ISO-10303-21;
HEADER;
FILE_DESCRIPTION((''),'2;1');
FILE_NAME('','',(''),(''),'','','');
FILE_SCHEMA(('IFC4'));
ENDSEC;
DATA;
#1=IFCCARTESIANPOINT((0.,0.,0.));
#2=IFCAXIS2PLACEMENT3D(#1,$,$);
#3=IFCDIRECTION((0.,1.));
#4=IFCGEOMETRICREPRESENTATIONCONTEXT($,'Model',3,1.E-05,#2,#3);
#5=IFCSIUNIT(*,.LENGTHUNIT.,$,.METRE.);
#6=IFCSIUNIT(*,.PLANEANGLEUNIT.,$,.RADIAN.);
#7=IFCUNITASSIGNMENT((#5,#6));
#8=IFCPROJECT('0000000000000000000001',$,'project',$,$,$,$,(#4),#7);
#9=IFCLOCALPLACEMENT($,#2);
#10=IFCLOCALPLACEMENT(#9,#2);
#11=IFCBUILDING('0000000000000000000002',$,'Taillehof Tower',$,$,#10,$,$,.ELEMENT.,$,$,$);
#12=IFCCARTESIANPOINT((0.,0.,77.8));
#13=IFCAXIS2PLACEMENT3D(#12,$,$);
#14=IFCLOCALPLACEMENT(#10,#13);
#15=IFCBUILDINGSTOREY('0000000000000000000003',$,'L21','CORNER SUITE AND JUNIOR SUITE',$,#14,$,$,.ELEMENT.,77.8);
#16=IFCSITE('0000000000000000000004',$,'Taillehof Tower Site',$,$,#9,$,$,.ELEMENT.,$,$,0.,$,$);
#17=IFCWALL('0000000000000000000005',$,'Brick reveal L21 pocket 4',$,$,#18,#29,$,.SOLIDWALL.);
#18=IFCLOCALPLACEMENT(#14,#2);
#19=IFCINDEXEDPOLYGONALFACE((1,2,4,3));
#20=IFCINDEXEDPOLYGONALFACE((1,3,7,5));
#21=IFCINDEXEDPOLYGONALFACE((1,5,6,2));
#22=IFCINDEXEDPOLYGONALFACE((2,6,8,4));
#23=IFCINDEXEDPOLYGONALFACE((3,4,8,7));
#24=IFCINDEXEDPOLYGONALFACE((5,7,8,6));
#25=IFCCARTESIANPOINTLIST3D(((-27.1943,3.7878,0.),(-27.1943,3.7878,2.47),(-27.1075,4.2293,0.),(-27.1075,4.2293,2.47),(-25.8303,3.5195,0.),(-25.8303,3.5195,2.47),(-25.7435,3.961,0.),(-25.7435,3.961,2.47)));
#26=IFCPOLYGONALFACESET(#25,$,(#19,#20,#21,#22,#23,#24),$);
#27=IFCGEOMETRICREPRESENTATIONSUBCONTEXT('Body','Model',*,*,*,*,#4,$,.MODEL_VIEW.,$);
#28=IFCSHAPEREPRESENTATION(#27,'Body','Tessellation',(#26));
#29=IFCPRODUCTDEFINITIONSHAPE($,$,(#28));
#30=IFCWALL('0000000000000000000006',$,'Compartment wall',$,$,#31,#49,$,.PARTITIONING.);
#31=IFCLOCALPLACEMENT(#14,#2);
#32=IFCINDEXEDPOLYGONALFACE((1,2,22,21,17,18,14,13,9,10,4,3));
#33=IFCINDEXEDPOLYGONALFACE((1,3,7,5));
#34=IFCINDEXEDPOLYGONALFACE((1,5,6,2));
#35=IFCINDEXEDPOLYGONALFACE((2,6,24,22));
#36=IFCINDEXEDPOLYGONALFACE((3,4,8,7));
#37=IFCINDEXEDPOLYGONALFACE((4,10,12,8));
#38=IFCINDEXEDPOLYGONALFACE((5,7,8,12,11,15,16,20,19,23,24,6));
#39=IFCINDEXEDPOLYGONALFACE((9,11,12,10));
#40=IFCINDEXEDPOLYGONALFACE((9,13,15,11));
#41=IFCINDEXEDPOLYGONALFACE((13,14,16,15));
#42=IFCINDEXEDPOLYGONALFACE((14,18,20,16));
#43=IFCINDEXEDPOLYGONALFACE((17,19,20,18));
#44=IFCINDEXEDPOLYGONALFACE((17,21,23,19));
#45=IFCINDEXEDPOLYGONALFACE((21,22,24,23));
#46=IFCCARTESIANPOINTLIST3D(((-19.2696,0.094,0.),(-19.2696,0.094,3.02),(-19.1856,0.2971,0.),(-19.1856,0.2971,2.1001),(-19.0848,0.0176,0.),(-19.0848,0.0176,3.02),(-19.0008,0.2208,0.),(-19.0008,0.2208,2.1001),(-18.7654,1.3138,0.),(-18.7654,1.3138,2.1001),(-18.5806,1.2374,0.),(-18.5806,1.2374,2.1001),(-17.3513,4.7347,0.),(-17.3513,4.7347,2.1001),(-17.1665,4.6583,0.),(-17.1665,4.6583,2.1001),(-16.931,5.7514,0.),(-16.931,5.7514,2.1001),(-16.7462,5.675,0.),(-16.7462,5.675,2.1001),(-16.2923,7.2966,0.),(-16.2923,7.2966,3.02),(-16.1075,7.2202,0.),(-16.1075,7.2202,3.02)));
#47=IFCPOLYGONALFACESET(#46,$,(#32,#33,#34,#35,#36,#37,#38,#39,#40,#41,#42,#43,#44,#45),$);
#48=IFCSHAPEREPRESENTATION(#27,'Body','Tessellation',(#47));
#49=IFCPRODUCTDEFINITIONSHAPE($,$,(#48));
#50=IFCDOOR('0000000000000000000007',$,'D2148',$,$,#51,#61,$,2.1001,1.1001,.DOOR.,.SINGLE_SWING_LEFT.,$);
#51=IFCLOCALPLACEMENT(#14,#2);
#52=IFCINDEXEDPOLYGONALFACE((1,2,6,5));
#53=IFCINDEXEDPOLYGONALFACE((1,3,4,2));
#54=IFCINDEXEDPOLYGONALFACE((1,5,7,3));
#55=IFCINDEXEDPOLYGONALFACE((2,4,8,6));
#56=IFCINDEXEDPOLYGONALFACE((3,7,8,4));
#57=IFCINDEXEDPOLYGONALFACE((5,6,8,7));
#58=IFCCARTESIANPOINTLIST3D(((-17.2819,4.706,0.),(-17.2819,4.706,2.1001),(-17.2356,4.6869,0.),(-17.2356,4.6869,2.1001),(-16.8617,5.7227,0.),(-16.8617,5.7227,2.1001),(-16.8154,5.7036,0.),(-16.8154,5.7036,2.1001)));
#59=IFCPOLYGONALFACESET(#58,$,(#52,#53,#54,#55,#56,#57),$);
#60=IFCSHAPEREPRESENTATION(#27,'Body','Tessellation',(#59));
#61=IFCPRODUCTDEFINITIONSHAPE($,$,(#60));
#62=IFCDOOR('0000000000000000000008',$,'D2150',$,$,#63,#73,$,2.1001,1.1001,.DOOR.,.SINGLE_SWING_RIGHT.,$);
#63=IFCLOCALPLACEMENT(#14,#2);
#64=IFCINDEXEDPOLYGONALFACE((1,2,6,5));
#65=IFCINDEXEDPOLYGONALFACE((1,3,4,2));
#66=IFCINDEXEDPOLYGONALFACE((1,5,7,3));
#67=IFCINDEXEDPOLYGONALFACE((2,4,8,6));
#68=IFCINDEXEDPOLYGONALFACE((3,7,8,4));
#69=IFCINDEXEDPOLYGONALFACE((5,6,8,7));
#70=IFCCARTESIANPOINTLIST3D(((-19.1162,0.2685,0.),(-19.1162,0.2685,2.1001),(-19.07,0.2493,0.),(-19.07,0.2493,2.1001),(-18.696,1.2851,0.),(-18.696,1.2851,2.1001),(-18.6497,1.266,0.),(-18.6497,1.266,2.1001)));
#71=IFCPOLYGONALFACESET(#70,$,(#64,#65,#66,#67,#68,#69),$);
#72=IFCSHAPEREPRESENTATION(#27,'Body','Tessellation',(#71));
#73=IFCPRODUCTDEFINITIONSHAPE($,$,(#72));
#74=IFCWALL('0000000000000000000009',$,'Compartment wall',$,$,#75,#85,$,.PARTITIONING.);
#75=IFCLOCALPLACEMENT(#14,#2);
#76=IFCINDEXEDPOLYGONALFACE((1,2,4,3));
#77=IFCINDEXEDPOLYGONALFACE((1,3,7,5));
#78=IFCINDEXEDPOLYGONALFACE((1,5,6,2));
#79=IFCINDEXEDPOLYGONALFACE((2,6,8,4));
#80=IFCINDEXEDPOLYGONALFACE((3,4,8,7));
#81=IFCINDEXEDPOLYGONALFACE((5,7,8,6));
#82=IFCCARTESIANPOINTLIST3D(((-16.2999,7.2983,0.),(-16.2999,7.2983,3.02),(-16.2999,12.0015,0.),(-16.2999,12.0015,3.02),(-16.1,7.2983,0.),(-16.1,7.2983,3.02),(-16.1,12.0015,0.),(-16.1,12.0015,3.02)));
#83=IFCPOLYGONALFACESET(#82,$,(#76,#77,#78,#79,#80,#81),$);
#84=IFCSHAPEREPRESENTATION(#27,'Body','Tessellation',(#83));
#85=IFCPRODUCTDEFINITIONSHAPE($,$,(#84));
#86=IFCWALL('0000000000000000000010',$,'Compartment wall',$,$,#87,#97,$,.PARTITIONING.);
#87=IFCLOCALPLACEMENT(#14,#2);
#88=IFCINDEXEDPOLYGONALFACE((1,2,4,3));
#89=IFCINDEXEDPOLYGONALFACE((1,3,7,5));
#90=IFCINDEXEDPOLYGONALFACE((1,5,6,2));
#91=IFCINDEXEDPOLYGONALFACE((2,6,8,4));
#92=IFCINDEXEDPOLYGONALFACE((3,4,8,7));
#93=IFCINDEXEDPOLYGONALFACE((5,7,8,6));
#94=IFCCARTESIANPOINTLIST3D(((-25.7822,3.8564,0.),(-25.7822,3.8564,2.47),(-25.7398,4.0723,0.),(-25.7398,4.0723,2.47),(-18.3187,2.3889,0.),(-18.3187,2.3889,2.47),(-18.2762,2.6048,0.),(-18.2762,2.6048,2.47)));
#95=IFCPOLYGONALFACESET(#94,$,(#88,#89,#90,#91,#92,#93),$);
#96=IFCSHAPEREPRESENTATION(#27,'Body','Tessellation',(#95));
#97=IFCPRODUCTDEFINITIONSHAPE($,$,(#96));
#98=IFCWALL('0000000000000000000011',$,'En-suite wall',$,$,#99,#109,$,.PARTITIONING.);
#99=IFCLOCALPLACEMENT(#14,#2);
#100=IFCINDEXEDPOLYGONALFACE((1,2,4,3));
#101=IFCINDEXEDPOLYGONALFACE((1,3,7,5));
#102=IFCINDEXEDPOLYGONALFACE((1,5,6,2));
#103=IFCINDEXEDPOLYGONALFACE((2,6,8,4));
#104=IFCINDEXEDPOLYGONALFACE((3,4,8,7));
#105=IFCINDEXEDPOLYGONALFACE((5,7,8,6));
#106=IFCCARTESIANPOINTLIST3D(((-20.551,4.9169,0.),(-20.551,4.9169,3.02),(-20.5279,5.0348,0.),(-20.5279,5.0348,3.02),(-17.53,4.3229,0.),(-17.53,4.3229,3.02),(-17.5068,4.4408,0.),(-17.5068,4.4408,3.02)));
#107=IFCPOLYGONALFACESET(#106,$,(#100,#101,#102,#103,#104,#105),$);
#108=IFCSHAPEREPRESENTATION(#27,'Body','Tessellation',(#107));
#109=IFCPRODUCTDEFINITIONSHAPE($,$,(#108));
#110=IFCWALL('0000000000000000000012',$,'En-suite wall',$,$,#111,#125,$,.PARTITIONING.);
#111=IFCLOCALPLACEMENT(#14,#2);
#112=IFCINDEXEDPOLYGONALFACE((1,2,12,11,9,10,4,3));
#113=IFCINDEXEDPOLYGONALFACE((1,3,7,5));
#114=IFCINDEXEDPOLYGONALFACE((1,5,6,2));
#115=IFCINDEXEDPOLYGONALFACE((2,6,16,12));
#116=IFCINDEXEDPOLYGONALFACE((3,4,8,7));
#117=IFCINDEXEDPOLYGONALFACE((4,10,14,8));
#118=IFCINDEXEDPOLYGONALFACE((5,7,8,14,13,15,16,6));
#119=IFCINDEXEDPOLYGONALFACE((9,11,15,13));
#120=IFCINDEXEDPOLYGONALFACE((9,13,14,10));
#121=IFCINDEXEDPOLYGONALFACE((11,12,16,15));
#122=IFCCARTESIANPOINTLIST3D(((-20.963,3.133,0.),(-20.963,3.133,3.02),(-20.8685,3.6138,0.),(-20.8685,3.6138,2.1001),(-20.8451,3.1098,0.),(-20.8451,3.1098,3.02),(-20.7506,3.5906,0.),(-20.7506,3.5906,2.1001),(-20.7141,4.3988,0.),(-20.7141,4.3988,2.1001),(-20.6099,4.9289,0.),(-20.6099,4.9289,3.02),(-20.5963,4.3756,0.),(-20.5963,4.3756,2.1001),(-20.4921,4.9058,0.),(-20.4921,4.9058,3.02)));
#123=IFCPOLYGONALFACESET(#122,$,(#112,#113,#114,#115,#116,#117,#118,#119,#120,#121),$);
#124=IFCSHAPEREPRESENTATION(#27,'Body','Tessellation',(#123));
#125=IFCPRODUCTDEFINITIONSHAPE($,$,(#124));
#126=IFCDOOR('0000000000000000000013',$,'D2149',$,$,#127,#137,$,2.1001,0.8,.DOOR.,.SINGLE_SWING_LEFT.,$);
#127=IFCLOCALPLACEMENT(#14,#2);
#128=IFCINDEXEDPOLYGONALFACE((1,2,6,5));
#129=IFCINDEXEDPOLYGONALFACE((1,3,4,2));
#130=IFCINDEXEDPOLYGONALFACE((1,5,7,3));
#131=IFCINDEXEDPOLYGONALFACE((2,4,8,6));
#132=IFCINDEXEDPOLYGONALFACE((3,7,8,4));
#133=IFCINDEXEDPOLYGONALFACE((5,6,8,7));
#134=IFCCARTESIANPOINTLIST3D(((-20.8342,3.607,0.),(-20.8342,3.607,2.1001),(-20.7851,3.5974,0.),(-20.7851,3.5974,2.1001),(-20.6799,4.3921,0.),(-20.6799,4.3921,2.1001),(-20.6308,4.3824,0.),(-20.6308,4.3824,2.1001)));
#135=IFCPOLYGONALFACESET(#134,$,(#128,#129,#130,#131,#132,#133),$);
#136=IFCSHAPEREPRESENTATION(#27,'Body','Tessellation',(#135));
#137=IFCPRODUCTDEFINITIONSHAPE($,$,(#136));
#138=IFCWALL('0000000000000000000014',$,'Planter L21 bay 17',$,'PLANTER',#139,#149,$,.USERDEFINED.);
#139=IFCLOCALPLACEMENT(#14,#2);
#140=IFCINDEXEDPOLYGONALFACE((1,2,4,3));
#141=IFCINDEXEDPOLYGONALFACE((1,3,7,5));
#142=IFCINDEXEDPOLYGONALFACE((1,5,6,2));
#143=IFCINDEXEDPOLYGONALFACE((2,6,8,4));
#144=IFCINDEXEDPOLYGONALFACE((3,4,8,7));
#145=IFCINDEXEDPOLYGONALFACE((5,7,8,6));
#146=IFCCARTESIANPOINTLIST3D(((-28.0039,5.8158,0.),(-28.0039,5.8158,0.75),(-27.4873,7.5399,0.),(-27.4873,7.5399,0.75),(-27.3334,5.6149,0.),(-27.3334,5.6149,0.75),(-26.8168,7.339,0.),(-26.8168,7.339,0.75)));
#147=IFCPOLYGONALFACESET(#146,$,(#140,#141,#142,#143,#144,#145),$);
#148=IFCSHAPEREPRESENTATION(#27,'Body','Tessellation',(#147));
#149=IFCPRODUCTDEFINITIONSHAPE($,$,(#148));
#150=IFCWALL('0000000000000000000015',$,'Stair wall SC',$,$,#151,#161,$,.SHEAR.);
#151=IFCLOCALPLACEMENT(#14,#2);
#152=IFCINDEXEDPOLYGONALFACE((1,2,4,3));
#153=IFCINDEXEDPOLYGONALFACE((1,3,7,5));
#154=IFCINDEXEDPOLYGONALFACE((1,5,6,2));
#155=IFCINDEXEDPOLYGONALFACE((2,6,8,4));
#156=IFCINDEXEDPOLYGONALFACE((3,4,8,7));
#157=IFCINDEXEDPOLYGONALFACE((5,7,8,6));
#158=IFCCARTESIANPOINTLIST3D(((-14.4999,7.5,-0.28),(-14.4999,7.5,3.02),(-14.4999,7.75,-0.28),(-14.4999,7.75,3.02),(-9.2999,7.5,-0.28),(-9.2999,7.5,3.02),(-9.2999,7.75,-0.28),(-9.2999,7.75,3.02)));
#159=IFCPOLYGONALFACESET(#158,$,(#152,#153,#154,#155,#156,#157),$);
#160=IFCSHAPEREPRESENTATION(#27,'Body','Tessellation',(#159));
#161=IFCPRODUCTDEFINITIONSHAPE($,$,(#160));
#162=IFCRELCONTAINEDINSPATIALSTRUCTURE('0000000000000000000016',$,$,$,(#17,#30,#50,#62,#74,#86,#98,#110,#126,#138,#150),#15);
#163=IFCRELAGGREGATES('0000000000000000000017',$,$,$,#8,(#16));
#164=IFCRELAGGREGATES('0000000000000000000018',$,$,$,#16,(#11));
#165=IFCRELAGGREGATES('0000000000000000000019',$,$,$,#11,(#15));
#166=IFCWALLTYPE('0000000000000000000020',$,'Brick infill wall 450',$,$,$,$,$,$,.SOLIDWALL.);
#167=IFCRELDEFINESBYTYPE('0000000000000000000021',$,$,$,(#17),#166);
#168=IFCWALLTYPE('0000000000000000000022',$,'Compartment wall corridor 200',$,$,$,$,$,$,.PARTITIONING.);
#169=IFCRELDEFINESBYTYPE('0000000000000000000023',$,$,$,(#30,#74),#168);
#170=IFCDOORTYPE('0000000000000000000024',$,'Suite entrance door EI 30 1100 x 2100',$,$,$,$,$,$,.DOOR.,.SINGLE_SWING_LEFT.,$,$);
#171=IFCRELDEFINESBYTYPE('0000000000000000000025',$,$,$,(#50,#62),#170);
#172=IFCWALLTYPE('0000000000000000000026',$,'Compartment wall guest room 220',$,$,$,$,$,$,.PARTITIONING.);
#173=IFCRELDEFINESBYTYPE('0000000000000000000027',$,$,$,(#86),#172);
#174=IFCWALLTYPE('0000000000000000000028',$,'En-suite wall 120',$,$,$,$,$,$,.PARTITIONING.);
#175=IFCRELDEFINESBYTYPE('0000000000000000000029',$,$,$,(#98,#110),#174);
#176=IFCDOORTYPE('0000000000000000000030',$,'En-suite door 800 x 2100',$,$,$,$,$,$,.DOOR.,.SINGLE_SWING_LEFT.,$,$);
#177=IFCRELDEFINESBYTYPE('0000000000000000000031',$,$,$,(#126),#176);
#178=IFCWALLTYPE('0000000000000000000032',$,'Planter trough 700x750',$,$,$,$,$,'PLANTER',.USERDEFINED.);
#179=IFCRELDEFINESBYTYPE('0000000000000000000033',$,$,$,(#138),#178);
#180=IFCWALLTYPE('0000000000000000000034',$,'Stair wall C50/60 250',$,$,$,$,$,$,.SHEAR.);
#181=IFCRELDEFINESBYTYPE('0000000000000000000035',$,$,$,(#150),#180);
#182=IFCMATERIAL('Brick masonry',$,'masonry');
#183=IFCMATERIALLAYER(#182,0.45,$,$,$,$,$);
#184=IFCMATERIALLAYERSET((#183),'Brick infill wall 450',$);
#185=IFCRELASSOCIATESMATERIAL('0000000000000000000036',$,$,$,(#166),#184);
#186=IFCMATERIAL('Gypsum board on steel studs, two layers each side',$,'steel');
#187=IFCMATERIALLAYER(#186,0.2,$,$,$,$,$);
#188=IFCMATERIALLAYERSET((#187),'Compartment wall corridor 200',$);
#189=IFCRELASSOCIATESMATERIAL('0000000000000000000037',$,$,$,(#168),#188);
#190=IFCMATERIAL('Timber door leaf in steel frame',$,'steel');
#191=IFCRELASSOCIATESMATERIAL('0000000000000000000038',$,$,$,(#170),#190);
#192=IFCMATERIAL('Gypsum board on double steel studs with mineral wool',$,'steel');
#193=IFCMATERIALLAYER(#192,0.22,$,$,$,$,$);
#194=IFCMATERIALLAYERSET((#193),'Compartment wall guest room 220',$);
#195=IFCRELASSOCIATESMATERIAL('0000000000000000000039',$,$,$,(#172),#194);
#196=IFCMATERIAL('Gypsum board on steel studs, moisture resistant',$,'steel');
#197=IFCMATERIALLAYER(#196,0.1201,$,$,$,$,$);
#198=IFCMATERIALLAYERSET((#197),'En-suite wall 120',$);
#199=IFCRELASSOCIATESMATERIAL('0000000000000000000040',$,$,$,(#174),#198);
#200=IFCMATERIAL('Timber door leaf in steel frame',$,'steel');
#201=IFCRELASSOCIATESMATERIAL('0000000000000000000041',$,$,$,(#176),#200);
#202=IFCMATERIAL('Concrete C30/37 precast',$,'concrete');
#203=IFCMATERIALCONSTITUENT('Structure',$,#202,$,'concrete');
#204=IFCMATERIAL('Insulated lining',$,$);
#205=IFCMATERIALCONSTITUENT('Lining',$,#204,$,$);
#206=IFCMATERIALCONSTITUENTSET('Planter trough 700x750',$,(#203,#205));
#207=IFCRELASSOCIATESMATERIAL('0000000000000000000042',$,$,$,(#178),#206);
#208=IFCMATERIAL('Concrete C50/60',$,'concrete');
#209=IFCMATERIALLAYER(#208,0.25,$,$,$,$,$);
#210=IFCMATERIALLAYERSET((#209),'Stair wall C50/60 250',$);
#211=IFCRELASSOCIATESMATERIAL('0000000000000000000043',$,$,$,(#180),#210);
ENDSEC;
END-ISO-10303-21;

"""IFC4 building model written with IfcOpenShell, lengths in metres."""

from ifc_helpers import new_model, si_unit, direction, frame, frame_2d, origin, place, context, subcontext, project, spatial, rectangle, extrude, material, layer, layer_set, constituent, constituent_set, type_object, element, fill, save


model = new_model("IFC4")

# Units and contexts
model_context = context("Model", 3, precision=1e-05, world=origin(), true_north=direction((0.0, 1.0)))
body_context = subcontext(model_context, "Body", "Model", "MODEL_VIEW")
ifc_project = project(units=[si_unit("LENGTHUNIT", "METRE"), si_unit("PLANEANGLEUNIT", "RADIAN")], contexts=[model_context])

# Site, building, storey
site_placement = place(None, origin())
site = spatial("IfcSite", under=ifc_project, at=site_placement, Name="Taillehof Tower Site", CompositionType="ELEMENT", RefElevation=0.0)
building_placement = place(site_placement, origin())
building = spatial("IfcBuilding", under=site, at=building_placement, Name="Taillehof Tower", CompositionType="ELEMENT")
storey_placement = place(building_placement, frame((0.0, 0.0, 77.8)))
storey = spatial("IfcBuildingStorey", under=building, at=storey_placement, Name="L21", Description="CORNER SUITE AND JUNIOR SUITE", CompositionType="ELEMENT", Elevation=77.8)

# Shared definitions
ifc_material_1 = material(Name="Brick masonry", Category="masonry")
ifc_layer_1 = layer(ifc_material_1, 0.45)
ifc_layer_set_1 = layer_set([ifc_layer_1], Name="Brick infill wall 450")
wall_type_1 = type_object("IfcWallType", Name="Brick infill wall 450", PredefinedType="SOLIDWALL", material=ifc_layer_set_1)

# Wall
wall_1_placement = place(storey_placement, frame((-27.1509, 4.0085, 0.0), z_axis=(0.0, 0.0, 1.0), x_axis=(0.981197, -0.193008, 0.0)))
element("IfcWall", 1, at=wall_1_placement, inside=storey, type_object=wall_type_1, Name="Brick reveal L21 pocket 4", PredefinedType="SOLIDWALL", context=body_context, shape_type="SweptSolid", body=[
    extrude(rectangle(XDim=1.3901, YDim=0.45, at=frame_2d((0.6951, 0.0))), origin(), (0.0, 0.0, 1.0), 2.47),
])

# Wall, openings, doors
ifc_material_2 = material(Name="Gypsum board on steel studs, two layers each side", Category="steel")
ifc_layer_2 = layer(ifc_material_2, 0.2)
ifc_layer_set_2 = layer_set([ifc_layer_2], Name="Compartment wall corridor 200")
wall_type_2 = type_object("IfcWallType", Name="Compartment wall corridor 200", PredefinedType="PARTITIONING", material=ifc_layer_set_2)
wall_2_placement = place(storey_placement, frame((-19.1772, 0.0557, 0.0), z_axis=(0.0, 0.0, 1.0), x_axis=(0.382011, 0.924158, 0.0)))
wall_2 = element("IfcWall", 2, at=wall_2_placement, inside=storey, type_object=wall_type_2, Name="Compartment wall", PredefinedType="PARTITIONING", context=body_context, shape_type="SweptSolid", body=[
    extrude(rectangle(XDim=7.7937, YDim=0.2, at=frame_2d((3.897, 0.0))), origin(), (0.0, 0.0, 1.0), 3.02),
])
opening_1_placement = place(wall_2_placement, frame((5.0217, 0.0, 0.0)))
opening_1 = element("IfcOpeningElement", 3, at=opening_1_placement, cuts=wall_2, PredefinedType="OPENING", context=body_context, shape_type="SweptSolid", body=[
    extrude(rectangle(XDim=1.1001, YDim=2.1001, at=frame_2d((0.55, 1.05))), frame((0.0, 0.1099, 0.0), z_axis=(0.0, -1.0, 0.0), x_axis=(1.0, 0.0, 0.0)), (0.0, 0.0, 1.0), 0.22),
])
opening_2_placement = place(wall_2_placement, frame((0.22, 0.0, 0.0)))
opening_2 = element("IfcOpeningElement", 4, at=opening_2_placement, cuts=wall_2, PredefinedType="OPENING", context=body_context, shape_type="SweptSolid", body=[
    extrude(rectangle(XDim=1.1001, YDim=2.1001, at=frame_2d((0.55, 1.05))), frame((0.0, 0.1099, 0.0), z_axis=(0.0, -1.0, 0.0), x_axis=(1.0, 0.0, 0.0)), (0.0, 0.0, 1.0), 0.22),
])
ifc_material_3 = material(Name="Timber door leaf in steel frame", Category="steel")
door_type_1 = type_object("IfcDoorType", Name="Suite entrance door EI 30 1100 x 2100", OperationType="SINGLE_SWING_LEFT", PredefinedType="DOOR", material=ifc_material_3)
door_1_placement = place(opening_1_placement, origin())
door_1 = element("IfcDoor", 5, at=door_1_placement, inside=storey, type_object=door_type_1, Name="D2148", OperationType="SINGLE_SWING_LEFT", OverallHeight=2.1001, OverallWidth=1.1001, PredefinedType="DOOR", context=body_context, shape_type="SweptSolid", body=[
    extrude(rectangle(XDim=1.1001, YDim=2.1001, at=frame_2d((0.55, 1.05))), frame((0.0, 0.0249, 0.0), z_axis=(0.0, -1.0, 0.0), x_axis=(1.0, 0.0, 0.0)), (0.0, 0.0, 1.0), 0.05),
])
fill(opening_1, door_1)
door_2_placement = place(opening_2_placement, origin())
door_2 = element("IfcDoor", 6, at=door_2_placement, inside=storey, type_object=door_type_1, Name="D2150", OperationType="SINGLE_SWING_RIGHT", OverallHeight=2.1001, OverallWidth=1.1001, PredefinedType="DOOR", context=body_context, shape_type="SweptSolid", body=[
    extrude(rectangle(XDim=1.1001, YDim=2.1001, at=frame_2d((0.55, 1.05))), frame((0.0, 0.0249, 0.0), z_axis=(0.0, -1.0, 0.0), x_axis=(1.0, 0.0, 0.0)), (0.0, 0.0, 1.0), 0.05),
])
fill(opening_2, door_2)

# Walls
wall_3_placement = place(storey_placement, frame((-16.2, 7.2983, 0.0), z_axis=(0.0, 0.0, 1.0), x_axis=(0.0, 1.0, 0.0)))
element("IfcWall", 7, at=wall_3_placement, inside=storey, type_object=wall_type_2, Name="Compartment wall", PredefinedType="PARTITIONING", context=body_context, shape_type="SweptSolid", body=[
    extrude(rectangle(XDim=4.7031, YDim=0.2, at=frame_2d((2.3516, 0.0))), origin(), (0.0, 0.0, 1.0), 3.02),
])
ifc_material_4 = material(Name="Gypsum board on double steel studs with mineral wool", Category="steel")
ifc_layer_3 = layer(ifc_material_4, 0.22)
ifc_layer_set_3 = layer_set([ifc_layer_3], Name="Compartment wall guest room 220")
wall_type_3 = type_object("IfcWallType", Name="Compartment wall guest room 220", PredefinedType="PARTITIONING", material=ifc_layer_set_3)
wall_4_placement = place(storey_placement, frame((-25.761, 3.9644, 0.0), z_axis=(0.0, 0.0, 1.0), x_axis=(0.981212, -0.19293, 0.0)))
element("IfcWall", 8, at=wall_4_placement, inside=storey, type_object=wall_type_3, Name="Compartment wall", PredefinedType="PARTITIONING", context=body_context, shape_type="SweptSolid", body=[
    extrude(rectangle(XDim=7.6064, YDim=0.22, at=frame_2d((3.8032, 0.0))), origin(), (0.0, 0.0, 1.0), 2.47),
])
ifc_material_5 = material(Name="Gypsum board on steel studs, moisture resistant", Category="steel")
ifc_layer_4 = layer(ifc_material_5, 0.1201)
ifc_layer_set_4 = layer_set([ifc_layer_4], Name="En-suite wall 120")
wall_type_4 = type_object("IfcWallType", Name="En-suite wall 120", PredefinedType="PARTITIONING", material=ifc_layer_set_4)
wall_5_placement = place(storey_placement, frame((-17.5183, 4.3818, 0.0), z_axis=(0.0, 0.0, 1.0), x_axis=(-0.981213, 0.192928, 0.0)))
element("IfcWall", 9, at=wall_5_placement, inside=storey, type_object=wall_type_4, Name="En-suite wall", PredefinedType="PARTITIONING", context=body_context, shape_type="SweptSolid", body=[
    extrude(rectangle(XDim=3.0789, YDim=0.1201, at=frame_2d((1.5396, 0.0))), origin(), (0.0, 0.0, 1.0), 3.02),
])

# Wall, opening, door
wall_6_placement = place(storey_placement, frame((-20.551, 4.9172, 0.0), z_axis=(0.0, 0.0, 1.0), x_axis=(-0.192883, -0.981222, 0.0)))
wall_6 = element("IfcWall", 10, at=wall_6_placement, inside=storey, type_object=wall_type_4, Name="En-suite wall", PredefinedType="PARTITIONING", context=body_context, shape_type="SweptSolid", body=[
    extrude(rectangle(XDim=1.8303, YDim=0.1201, at=frame_2d((0.915, 0.0))), origin(), (0.0, 0.0, 1.0), 3.02),
])
opening_3_placement = place(wall_6_placement, frame((0.5403, 0.0, 0.0)))
opening_3 = element("IfcOpeningElement", 11, at=opening_3_placement, cuts=wall_6, PredefinedType="OPENING", context=body_context, shape_type="SweptSolid", body=[
    extrude(rectangle(XDim=0.8, YDim=2.1001, at=frame_2d((0.3999, 1.05))), frame((0.0, 0.0701, 0.0), z_axis=(0.0, -1.0, 0.0), x_axis=(1.0, 0.0, 0.0)), (0.0, 0.0, 1.0), 0.1401),
])
ifc_material_6 = material(Name="Timber door leaf in steel frame", Category="steel")
door_type_2 = type_object("IfcDoorType", Name="En-suite door 800 x 2100", OperationType="SINGLE_SWING_LEFT", PredefinedType="DOOR", material=ifc_material_6)
door_3_placement = place(opening_3_placement, origin())
door_3 = element("IfcDoor", 12, at=door_3_placement, inside=storey, type_object=door_type_2, Name="D2149", OperationType="SINGLE_SWING_LEFT", OverallHeight=2.1001, OverallWidth=0.8, PredefinedType="DOOR", context=body_context, shape_type="SweptSolid", body=[
    extrude(rectangle(XDim=0.8, YDim=2.1001, at=frame_2d((0.3999, 1.05))), frame((0.0, 0.0249, 0.0), z_axis=(0.0, -1.0, 0.0), x_axis=(1.0, 0.0, 0.0)), (0.0, 0.0, 1.0), 0.05),
])
fill(opening_3, door_3)

# Walls
ifc_material_7 = material(Name="Concrete C30/37 precast", Category="concrete")
ifc_constituent_1 = constituent(ifc_material_7, Name="Structure", Category="concrete")
ifc_material_8 = material(Name="Insulated lining")
ifc_constituent_2 = constituent(ifc_material_8, Name="Lining")
ifc_constituent_set = constituent_set(constituents=[ifc_constituent_1, ifc_constituent_2], Name="Planter trough 700x750")
wall_type_5 = type_object("IfcWallType", Name="Planter trough 700x750", ElementType="PLANTER", PredefinedType="USERDEFINED", material=ifc_constituent_set)
wall_7_placement = place(storey_placement, frame((-27.1521, 7.4395, 0.0), z_axis=(0.0, 0.0, 1.0), x_axis=(-0.287024, -0.957923, 0.0)))
element("IfcWall", 13, at=wall_7_placement, inside=storey, type_object=wall_type_5, Name="Planter L21 bay 17", ObjectType="PLANTER", PredefinedType="USERDEFINED", context=body_context, shape_type="SweptSolid", body=[
    extrude(rectangle(XDim=1.7998, YDim=0.7, at=frame_2d((0.8999, 0.0))), origin(), (0.0, 0.0, 1.0), 0.75),
])
ifc_material_9 = material(Name="Concrete C50/60", Category="concrete")
ifc_layer_5 = layer(ifc_material_9, 0.25)
ifc_layer_set_5 = layer_set([ifc_layer_5], Name="Stair wall C50/60 250")
wall_type_6 = type_object("IfcWallType", Name="Stair wall C50/60 250", PredefinedType="SHEAR", material=ifc_layer_set_5)
wall_8_placement = place(storey_placement, frame((-14.5, 7.625, -0.28), z_axis=(0.0, 0.0, 1.0), x_axis=(1.0, 0.0, 0.0)))
element("IfcWall", 14, at=wall_8_placement, inside=storey, type_object=wall_type_6, Name="Stair wall SC", PredefinedType="SHEAR", context=body_context, shape_type="SweptSolid", body=[
    extrude(rectangle(XDim=5.2, YDim=0.25, at=frame_2d((2.6001, 0.0))), origin(), (0.0, 0.0, 1.0), 3.3),
])

save(model, "model.ifc")
